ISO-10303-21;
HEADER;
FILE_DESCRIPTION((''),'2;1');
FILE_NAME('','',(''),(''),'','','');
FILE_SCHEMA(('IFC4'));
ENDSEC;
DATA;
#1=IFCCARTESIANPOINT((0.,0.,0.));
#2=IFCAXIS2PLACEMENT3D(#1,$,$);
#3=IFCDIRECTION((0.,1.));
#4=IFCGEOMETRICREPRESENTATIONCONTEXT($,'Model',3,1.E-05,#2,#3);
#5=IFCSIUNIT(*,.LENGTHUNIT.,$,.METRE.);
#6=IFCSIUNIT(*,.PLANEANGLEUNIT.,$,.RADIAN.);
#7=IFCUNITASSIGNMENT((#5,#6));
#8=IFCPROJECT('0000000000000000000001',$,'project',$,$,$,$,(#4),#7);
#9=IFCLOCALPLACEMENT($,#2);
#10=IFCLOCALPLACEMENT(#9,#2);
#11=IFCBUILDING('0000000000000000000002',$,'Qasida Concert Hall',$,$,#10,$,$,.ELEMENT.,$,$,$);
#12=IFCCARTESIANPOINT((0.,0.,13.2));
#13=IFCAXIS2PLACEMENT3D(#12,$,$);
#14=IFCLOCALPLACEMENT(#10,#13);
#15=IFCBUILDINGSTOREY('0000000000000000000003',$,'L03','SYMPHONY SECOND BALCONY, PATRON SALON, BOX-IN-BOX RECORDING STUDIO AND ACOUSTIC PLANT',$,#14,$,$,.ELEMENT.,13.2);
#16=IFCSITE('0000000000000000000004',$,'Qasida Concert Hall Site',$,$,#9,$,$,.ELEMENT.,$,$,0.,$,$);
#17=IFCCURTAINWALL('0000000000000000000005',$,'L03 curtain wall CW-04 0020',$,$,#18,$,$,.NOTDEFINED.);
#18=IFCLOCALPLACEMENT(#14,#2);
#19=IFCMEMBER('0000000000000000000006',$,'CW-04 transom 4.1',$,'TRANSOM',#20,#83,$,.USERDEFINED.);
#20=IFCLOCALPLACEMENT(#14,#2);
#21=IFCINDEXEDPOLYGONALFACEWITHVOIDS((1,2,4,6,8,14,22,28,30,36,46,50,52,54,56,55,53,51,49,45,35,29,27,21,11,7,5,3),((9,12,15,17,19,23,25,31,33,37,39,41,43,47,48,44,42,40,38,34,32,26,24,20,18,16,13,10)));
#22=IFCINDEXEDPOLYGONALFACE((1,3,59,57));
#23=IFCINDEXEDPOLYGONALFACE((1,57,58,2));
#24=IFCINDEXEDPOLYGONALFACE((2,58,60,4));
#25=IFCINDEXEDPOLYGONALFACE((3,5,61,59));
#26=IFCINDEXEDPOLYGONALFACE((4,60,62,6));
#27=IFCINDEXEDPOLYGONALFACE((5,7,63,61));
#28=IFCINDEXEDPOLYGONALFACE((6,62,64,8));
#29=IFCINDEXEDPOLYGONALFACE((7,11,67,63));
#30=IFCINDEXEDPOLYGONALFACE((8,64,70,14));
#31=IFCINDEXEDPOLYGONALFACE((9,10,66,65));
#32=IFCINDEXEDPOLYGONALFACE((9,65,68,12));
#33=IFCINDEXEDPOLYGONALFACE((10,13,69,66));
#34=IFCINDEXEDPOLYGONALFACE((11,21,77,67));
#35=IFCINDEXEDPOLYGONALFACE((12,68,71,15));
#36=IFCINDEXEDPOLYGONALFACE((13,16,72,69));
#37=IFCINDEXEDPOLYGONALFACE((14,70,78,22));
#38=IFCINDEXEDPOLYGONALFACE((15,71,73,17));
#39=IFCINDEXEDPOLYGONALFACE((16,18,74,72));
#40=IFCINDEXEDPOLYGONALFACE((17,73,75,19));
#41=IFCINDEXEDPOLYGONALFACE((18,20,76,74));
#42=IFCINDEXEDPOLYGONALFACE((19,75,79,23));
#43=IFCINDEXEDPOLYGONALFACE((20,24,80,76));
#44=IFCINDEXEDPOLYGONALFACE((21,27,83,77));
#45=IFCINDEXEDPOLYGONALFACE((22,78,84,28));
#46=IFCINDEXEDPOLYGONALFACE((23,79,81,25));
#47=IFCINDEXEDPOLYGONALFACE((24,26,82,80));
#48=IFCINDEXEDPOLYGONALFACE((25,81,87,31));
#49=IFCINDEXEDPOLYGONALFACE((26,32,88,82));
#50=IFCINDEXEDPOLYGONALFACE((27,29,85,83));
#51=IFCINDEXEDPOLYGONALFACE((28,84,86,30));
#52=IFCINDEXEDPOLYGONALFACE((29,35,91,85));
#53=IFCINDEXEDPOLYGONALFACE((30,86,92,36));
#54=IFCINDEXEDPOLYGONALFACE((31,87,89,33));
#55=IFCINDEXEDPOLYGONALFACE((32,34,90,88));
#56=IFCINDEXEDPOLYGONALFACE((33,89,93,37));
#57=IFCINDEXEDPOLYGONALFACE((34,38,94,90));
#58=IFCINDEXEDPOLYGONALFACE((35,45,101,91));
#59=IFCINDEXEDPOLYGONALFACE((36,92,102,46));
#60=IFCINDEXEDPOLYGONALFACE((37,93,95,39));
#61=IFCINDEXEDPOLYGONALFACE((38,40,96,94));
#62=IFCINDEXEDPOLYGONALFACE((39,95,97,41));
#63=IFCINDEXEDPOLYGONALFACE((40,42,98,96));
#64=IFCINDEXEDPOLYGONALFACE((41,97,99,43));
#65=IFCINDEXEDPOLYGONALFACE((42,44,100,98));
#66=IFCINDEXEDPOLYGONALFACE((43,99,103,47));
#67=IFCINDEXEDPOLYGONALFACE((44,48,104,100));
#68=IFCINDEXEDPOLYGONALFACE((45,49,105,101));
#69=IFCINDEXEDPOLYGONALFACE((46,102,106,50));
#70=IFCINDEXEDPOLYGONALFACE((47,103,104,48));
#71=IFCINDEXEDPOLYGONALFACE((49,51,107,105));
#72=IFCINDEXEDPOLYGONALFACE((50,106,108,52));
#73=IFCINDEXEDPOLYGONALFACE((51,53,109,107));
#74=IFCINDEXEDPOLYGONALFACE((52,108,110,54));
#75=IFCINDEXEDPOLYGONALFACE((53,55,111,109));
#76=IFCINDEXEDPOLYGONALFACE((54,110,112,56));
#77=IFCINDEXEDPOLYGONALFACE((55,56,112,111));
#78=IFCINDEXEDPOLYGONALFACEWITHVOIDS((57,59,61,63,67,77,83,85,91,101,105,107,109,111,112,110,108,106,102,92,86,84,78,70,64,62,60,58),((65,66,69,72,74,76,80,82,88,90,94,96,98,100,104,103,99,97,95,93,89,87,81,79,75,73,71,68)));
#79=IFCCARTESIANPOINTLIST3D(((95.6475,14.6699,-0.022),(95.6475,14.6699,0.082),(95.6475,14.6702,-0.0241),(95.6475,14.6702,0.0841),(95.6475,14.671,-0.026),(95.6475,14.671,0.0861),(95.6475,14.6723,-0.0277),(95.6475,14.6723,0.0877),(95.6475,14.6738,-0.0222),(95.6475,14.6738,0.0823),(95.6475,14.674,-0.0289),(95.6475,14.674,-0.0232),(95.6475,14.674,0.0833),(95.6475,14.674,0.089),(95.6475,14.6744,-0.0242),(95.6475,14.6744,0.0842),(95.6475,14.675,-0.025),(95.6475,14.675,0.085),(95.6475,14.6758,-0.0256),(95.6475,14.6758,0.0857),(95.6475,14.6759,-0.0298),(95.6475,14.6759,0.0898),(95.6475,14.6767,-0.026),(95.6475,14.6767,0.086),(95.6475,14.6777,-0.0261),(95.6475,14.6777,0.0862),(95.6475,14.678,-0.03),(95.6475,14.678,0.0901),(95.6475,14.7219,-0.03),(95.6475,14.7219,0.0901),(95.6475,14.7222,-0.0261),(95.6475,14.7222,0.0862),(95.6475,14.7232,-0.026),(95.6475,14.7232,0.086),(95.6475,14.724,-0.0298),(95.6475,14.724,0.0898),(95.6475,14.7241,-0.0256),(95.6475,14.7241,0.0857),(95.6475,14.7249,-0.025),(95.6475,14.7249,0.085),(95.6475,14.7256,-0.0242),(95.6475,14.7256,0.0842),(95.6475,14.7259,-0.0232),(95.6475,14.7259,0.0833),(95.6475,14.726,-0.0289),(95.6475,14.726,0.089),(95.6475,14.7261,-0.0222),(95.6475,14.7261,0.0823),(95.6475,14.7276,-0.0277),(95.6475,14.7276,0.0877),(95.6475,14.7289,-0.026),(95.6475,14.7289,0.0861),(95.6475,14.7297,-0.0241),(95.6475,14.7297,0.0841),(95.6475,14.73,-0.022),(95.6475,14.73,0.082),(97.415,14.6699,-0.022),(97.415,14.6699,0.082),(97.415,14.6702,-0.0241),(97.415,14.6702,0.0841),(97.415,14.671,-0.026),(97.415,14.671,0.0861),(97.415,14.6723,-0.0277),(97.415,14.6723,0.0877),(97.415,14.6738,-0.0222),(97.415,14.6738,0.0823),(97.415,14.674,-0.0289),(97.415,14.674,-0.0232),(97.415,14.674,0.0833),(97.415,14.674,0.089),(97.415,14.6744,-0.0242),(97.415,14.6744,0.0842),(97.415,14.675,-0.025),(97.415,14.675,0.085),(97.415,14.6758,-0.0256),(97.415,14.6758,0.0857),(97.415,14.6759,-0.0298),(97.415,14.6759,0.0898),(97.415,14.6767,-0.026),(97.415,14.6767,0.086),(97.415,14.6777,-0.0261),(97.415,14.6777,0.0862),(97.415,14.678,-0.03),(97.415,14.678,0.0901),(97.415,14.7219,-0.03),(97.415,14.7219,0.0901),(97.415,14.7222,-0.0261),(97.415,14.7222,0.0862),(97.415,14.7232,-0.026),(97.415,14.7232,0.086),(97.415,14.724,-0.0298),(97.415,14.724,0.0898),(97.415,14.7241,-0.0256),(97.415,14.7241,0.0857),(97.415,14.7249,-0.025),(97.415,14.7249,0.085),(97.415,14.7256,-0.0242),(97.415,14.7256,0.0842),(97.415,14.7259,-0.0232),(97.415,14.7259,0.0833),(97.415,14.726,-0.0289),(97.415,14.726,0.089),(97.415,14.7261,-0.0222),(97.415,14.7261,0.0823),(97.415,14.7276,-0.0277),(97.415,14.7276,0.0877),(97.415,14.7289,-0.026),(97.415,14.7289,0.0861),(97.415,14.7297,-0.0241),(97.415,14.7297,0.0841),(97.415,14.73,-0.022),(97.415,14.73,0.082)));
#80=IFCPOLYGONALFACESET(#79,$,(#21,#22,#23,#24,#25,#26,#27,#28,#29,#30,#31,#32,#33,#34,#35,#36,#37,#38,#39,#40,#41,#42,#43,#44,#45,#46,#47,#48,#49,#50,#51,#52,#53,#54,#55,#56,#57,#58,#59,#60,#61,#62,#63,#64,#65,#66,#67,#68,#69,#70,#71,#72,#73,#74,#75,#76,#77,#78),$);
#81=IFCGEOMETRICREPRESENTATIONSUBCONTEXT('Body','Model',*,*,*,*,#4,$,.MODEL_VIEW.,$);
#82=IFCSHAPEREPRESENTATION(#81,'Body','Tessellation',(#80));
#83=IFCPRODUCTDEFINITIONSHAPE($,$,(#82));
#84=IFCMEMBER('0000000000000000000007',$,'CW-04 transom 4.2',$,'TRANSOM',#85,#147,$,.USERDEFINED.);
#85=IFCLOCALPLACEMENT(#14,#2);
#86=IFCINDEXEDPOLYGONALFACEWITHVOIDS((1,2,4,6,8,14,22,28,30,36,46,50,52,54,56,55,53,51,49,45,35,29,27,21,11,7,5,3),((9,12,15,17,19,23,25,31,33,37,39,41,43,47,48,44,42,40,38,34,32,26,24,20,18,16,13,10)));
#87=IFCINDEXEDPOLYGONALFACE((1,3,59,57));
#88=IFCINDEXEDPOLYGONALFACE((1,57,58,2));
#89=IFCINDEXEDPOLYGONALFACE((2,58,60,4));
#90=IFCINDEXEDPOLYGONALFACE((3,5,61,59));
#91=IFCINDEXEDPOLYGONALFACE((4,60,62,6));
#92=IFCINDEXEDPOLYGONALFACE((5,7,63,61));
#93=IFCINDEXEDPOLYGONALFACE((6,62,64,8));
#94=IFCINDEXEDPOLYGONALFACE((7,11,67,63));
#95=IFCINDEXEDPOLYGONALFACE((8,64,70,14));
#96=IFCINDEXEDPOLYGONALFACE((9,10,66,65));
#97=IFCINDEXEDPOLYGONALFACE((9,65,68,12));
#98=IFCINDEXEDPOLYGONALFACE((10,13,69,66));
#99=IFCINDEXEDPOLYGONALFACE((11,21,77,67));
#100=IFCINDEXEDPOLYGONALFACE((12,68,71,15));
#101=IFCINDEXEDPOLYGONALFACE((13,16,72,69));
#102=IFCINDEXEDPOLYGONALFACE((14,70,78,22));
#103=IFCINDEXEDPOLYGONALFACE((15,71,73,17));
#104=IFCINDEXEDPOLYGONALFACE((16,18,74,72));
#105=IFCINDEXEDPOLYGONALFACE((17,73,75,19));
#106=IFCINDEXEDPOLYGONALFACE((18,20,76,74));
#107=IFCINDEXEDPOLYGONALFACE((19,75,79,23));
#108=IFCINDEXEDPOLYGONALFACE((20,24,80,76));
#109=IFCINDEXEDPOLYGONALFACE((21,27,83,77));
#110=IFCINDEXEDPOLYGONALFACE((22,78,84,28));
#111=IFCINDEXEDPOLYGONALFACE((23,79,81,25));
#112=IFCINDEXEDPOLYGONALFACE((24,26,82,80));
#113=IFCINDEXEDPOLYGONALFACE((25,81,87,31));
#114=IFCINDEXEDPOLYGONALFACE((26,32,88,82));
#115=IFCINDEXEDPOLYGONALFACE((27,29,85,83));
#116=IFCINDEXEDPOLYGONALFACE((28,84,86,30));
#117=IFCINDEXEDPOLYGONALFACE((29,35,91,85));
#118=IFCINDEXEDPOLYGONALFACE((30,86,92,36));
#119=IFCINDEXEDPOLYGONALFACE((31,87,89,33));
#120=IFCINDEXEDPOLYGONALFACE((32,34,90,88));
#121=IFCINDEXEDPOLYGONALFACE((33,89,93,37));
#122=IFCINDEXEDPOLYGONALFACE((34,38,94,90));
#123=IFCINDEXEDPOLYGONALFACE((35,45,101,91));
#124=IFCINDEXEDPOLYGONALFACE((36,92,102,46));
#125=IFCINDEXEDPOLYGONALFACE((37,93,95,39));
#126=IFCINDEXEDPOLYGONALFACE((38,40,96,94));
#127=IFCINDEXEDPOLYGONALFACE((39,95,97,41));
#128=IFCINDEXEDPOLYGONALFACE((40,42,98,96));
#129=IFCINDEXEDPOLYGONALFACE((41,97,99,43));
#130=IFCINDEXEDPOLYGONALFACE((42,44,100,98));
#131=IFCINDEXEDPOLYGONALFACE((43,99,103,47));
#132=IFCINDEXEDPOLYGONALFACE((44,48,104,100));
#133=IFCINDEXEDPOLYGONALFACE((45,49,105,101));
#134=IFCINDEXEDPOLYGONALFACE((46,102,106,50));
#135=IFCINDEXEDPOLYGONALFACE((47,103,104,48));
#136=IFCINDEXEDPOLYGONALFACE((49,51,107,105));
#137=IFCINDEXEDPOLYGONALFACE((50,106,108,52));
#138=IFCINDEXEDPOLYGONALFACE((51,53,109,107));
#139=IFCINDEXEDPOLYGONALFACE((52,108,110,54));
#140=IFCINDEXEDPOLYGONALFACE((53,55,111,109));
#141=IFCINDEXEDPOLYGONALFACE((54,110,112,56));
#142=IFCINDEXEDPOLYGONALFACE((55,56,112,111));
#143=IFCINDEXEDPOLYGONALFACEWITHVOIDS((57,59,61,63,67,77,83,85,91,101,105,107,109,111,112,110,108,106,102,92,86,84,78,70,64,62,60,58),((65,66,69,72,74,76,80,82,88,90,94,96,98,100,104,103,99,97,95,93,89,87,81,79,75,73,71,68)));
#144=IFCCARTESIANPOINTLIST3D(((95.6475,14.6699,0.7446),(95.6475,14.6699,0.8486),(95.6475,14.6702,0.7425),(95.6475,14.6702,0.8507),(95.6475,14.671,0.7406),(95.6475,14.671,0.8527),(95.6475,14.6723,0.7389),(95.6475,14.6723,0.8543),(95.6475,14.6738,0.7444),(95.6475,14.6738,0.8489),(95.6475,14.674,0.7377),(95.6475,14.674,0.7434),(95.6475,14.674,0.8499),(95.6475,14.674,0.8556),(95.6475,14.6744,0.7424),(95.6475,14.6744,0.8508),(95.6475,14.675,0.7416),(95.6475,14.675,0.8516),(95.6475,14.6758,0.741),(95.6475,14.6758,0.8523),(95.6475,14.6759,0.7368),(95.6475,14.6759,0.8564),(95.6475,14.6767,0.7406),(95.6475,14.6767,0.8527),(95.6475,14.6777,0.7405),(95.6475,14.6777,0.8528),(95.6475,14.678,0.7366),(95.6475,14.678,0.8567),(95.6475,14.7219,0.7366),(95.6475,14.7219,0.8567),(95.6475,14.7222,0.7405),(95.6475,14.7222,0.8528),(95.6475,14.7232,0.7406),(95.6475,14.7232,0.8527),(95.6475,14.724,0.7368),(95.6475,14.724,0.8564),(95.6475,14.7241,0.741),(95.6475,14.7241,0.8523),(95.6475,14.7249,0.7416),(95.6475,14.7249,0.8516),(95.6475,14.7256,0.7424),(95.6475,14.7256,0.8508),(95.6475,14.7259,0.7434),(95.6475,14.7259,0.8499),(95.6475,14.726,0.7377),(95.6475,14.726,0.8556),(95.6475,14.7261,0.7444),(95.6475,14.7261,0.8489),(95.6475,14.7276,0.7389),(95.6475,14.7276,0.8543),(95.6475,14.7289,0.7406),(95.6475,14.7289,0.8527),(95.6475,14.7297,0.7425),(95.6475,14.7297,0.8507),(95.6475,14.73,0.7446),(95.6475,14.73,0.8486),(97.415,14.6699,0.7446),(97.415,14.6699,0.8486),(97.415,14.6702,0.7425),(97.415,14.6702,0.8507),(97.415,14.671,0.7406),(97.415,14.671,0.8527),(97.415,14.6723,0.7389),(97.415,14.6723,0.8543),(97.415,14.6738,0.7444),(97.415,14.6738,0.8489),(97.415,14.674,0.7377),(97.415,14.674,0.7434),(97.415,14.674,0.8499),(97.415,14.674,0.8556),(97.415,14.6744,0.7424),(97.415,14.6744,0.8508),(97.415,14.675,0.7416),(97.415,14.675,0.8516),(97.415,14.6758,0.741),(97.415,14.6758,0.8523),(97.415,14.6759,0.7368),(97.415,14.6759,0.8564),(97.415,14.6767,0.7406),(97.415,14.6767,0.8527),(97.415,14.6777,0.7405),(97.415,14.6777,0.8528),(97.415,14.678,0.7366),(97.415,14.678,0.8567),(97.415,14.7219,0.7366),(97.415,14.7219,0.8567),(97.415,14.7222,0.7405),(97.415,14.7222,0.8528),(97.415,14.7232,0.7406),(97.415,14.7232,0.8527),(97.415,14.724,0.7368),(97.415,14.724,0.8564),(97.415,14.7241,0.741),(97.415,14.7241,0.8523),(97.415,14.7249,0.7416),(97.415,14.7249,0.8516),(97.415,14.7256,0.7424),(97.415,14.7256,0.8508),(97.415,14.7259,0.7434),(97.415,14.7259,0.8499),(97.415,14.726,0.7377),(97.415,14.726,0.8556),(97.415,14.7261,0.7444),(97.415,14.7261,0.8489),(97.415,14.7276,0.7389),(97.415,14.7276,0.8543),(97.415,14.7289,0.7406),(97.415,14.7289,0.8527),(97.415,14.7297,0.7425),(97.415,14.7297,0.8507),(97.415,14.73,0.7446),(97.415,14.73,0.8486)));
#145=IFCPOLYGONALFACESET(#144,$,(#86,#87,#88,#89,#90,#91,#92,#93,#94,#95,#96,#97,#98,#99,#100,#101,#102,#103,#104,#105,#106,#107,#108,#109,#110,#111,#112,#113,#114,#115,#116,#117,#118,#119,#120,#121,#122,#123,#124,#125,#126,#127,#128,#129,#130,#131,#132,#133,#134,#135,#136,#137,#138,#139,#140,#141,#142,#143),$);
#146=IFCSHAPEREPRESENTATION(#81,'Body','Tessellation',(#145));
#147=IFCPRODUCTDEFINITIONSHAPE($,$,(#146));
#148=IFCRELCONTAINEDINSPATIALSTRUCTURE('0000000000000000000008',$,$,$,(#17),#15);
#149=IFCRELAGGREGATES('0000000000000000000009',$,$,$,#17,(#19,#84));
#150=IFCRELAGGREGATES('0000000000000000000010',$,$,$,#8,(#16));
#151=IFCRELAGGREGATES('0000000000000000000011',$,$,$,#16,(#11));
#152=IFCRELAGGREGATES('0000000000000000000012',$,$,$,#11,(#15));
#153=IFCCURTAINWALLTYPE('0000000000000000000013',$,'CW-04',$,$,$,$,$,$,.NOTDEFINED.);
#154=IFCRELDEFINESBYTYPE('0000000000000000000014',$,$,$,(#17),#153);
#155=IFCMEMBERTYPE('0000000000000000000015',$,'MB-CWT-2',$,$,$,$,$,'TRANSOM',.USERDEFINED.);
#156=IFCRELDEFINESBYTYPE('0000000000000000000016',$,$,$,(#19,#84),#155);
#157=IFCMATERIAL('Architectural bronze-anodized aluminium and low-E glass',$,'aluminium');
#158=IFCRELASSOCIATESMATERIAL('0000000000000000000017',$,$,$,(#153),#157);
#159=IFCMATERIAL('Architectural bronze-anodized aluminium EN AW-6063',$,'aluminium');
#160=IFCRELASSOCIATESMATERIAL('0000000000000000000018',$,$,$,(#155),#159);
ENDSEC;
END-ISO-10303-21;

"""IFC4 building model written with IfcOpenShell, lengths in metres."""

from ifc_helpers import new_model, si_unit, direction, frame, origin, origin_2d, place, context, subcontext, project, spatial, hollow_rectangle, extrude, material, material_profile, profile_set, type_object, element, aggregate, save


model = new_model("IFC4")

# Units and contexts
model_context = context("Model", 3, precision=1e-05, world=origin(), true_north=direction((0.0, 1.0)))
body_context = subcontext(model_context, "Body", "Model", "MODEL_VIEW")
ifc_project = project(units=[si_unit("LENGTHUNIT", "METRE"), si_unit("PLANEANGLEUNIT", "RADIAN")], contexts=[model_context])

# Site, building, storey
site_placement = place(None, origin())
site = spatial("IfcSite", under=ifc_project, at=site_placement, Name="Qasida Concert Hall Site", CompositionType="ELEMENT", RefElevation=0.0)
building_placement = place(site_placement, origin())
building = spatial("IfcBuilding", under=site, at=building_placement, Name="Qasida Concert Hall", CompositionType="ELEMENT")
storey_placement = place(building_placement, frame((0.0, 0.0, 13.2)))
storey = spatial("IfcBuildingStorey", under=building, at=storey_placement, Name="L03", Description="SYMPHONY SECOND BALCONY, PATRON SALON, BOX-IN-BOX RECORDING STUDIO AND ACOUSTIC PLANT", CompositionType="ELEMENT", Elevation=13.2)

# Curtain wall, members
ifc_material_1 = material(Name="Architectural bronze-anodized aluminium and low-E glass", Category="aluminium")
curtain_wall_type = type_object("IfcCurtainWallType", Name="CW-04", PredefinedType="NOTDEFINED", material=ifc_material_1)
curtain_wall_placement = place(storey_placement, origin())
curtain_wall = element("IfcCurtainWall", 1, at=curtain_wall_placement, inside=storey, type_object=curtain_wall_type, Name="L03 curtain wall CW-04 0020", PredefinedType="NOTDEFINED")
ifc_material_2 = material(Name="Architectural bronze-anodized aluminium EN AW-6063", Category="aluminium")
ifc_material_profile_1 = material_profile(ifc_material_2, hollow_rectangle(XDim=0.0601, YDim=0.1201, WallThickness=0.0039, InnerFilletRadius=0.0039, OuterFilletRadius=0.0081, at=origin_2d()), Name="CWT 120x60x4")
ifc_profile_set_1 = profile_set([ifc_material_profile_1], Name="Architectural bronze-anodized aluminium EN AW-6063")
member_type_1 = type_object("IfcMemberType", Name="MB-CWT-2", ElementType="TRANSOM", PredefinedType="USERDEFINED", material=ifc_profile_set_1)
member_1_placement = place(storey_placement, frame((95.6475, 14.7, 0.03), z_axis=(1.0, 0.0, 0.0), x_axis=(0.0, 1.0, 0.0)))
member_1 = element("IfcMember", 2, at=member_1_placement, type_object=member_type_1, Name="CW-04 transom 4.1", ObjectType="TRANSOM", PredefinedType="USERDEFINED", context=body_context, shape_type="SweptSolid", body=[
    extrude(hollow_rectangle(XDim=0.0601, YDim=0.1201, WallThickness=0.0039, InnerFilletRadius=0.0039, OuterFilletRadius=0.0081, at=origin_2d()), origin(), (0.0, 0.0, 1.0), 1.7676),
])
member_2_placement = place(storey_placement, frame((95.6475, 14.7, 0.7966), z_axis=(1.0, 0.0, 0.0), x_axis=(0.0, 1.0, 0.0)))
member_2 = element("IfcMember", 3, at=member_2_placement, type_object=member_type_1, Name="CW-04 transom 4.2", ObjectType="TRANSOM", PredefinedType="USERDEFINED", context=body_context, shape_type="SweptSolid", body=[
    extrude(hollow_rectangle(XDim=0.0601, YDim=0.1201, WallThickness=0.0039, InnerFilletRadius=0.0039, OuterFilletRadius=0.0081, at=origin_2d()), origin(), (0.0, 0.0, 1.0), 1.7676),
])
aggregate(curtain_wall, [member_1, member_2])

save(model, "model.ifc")
